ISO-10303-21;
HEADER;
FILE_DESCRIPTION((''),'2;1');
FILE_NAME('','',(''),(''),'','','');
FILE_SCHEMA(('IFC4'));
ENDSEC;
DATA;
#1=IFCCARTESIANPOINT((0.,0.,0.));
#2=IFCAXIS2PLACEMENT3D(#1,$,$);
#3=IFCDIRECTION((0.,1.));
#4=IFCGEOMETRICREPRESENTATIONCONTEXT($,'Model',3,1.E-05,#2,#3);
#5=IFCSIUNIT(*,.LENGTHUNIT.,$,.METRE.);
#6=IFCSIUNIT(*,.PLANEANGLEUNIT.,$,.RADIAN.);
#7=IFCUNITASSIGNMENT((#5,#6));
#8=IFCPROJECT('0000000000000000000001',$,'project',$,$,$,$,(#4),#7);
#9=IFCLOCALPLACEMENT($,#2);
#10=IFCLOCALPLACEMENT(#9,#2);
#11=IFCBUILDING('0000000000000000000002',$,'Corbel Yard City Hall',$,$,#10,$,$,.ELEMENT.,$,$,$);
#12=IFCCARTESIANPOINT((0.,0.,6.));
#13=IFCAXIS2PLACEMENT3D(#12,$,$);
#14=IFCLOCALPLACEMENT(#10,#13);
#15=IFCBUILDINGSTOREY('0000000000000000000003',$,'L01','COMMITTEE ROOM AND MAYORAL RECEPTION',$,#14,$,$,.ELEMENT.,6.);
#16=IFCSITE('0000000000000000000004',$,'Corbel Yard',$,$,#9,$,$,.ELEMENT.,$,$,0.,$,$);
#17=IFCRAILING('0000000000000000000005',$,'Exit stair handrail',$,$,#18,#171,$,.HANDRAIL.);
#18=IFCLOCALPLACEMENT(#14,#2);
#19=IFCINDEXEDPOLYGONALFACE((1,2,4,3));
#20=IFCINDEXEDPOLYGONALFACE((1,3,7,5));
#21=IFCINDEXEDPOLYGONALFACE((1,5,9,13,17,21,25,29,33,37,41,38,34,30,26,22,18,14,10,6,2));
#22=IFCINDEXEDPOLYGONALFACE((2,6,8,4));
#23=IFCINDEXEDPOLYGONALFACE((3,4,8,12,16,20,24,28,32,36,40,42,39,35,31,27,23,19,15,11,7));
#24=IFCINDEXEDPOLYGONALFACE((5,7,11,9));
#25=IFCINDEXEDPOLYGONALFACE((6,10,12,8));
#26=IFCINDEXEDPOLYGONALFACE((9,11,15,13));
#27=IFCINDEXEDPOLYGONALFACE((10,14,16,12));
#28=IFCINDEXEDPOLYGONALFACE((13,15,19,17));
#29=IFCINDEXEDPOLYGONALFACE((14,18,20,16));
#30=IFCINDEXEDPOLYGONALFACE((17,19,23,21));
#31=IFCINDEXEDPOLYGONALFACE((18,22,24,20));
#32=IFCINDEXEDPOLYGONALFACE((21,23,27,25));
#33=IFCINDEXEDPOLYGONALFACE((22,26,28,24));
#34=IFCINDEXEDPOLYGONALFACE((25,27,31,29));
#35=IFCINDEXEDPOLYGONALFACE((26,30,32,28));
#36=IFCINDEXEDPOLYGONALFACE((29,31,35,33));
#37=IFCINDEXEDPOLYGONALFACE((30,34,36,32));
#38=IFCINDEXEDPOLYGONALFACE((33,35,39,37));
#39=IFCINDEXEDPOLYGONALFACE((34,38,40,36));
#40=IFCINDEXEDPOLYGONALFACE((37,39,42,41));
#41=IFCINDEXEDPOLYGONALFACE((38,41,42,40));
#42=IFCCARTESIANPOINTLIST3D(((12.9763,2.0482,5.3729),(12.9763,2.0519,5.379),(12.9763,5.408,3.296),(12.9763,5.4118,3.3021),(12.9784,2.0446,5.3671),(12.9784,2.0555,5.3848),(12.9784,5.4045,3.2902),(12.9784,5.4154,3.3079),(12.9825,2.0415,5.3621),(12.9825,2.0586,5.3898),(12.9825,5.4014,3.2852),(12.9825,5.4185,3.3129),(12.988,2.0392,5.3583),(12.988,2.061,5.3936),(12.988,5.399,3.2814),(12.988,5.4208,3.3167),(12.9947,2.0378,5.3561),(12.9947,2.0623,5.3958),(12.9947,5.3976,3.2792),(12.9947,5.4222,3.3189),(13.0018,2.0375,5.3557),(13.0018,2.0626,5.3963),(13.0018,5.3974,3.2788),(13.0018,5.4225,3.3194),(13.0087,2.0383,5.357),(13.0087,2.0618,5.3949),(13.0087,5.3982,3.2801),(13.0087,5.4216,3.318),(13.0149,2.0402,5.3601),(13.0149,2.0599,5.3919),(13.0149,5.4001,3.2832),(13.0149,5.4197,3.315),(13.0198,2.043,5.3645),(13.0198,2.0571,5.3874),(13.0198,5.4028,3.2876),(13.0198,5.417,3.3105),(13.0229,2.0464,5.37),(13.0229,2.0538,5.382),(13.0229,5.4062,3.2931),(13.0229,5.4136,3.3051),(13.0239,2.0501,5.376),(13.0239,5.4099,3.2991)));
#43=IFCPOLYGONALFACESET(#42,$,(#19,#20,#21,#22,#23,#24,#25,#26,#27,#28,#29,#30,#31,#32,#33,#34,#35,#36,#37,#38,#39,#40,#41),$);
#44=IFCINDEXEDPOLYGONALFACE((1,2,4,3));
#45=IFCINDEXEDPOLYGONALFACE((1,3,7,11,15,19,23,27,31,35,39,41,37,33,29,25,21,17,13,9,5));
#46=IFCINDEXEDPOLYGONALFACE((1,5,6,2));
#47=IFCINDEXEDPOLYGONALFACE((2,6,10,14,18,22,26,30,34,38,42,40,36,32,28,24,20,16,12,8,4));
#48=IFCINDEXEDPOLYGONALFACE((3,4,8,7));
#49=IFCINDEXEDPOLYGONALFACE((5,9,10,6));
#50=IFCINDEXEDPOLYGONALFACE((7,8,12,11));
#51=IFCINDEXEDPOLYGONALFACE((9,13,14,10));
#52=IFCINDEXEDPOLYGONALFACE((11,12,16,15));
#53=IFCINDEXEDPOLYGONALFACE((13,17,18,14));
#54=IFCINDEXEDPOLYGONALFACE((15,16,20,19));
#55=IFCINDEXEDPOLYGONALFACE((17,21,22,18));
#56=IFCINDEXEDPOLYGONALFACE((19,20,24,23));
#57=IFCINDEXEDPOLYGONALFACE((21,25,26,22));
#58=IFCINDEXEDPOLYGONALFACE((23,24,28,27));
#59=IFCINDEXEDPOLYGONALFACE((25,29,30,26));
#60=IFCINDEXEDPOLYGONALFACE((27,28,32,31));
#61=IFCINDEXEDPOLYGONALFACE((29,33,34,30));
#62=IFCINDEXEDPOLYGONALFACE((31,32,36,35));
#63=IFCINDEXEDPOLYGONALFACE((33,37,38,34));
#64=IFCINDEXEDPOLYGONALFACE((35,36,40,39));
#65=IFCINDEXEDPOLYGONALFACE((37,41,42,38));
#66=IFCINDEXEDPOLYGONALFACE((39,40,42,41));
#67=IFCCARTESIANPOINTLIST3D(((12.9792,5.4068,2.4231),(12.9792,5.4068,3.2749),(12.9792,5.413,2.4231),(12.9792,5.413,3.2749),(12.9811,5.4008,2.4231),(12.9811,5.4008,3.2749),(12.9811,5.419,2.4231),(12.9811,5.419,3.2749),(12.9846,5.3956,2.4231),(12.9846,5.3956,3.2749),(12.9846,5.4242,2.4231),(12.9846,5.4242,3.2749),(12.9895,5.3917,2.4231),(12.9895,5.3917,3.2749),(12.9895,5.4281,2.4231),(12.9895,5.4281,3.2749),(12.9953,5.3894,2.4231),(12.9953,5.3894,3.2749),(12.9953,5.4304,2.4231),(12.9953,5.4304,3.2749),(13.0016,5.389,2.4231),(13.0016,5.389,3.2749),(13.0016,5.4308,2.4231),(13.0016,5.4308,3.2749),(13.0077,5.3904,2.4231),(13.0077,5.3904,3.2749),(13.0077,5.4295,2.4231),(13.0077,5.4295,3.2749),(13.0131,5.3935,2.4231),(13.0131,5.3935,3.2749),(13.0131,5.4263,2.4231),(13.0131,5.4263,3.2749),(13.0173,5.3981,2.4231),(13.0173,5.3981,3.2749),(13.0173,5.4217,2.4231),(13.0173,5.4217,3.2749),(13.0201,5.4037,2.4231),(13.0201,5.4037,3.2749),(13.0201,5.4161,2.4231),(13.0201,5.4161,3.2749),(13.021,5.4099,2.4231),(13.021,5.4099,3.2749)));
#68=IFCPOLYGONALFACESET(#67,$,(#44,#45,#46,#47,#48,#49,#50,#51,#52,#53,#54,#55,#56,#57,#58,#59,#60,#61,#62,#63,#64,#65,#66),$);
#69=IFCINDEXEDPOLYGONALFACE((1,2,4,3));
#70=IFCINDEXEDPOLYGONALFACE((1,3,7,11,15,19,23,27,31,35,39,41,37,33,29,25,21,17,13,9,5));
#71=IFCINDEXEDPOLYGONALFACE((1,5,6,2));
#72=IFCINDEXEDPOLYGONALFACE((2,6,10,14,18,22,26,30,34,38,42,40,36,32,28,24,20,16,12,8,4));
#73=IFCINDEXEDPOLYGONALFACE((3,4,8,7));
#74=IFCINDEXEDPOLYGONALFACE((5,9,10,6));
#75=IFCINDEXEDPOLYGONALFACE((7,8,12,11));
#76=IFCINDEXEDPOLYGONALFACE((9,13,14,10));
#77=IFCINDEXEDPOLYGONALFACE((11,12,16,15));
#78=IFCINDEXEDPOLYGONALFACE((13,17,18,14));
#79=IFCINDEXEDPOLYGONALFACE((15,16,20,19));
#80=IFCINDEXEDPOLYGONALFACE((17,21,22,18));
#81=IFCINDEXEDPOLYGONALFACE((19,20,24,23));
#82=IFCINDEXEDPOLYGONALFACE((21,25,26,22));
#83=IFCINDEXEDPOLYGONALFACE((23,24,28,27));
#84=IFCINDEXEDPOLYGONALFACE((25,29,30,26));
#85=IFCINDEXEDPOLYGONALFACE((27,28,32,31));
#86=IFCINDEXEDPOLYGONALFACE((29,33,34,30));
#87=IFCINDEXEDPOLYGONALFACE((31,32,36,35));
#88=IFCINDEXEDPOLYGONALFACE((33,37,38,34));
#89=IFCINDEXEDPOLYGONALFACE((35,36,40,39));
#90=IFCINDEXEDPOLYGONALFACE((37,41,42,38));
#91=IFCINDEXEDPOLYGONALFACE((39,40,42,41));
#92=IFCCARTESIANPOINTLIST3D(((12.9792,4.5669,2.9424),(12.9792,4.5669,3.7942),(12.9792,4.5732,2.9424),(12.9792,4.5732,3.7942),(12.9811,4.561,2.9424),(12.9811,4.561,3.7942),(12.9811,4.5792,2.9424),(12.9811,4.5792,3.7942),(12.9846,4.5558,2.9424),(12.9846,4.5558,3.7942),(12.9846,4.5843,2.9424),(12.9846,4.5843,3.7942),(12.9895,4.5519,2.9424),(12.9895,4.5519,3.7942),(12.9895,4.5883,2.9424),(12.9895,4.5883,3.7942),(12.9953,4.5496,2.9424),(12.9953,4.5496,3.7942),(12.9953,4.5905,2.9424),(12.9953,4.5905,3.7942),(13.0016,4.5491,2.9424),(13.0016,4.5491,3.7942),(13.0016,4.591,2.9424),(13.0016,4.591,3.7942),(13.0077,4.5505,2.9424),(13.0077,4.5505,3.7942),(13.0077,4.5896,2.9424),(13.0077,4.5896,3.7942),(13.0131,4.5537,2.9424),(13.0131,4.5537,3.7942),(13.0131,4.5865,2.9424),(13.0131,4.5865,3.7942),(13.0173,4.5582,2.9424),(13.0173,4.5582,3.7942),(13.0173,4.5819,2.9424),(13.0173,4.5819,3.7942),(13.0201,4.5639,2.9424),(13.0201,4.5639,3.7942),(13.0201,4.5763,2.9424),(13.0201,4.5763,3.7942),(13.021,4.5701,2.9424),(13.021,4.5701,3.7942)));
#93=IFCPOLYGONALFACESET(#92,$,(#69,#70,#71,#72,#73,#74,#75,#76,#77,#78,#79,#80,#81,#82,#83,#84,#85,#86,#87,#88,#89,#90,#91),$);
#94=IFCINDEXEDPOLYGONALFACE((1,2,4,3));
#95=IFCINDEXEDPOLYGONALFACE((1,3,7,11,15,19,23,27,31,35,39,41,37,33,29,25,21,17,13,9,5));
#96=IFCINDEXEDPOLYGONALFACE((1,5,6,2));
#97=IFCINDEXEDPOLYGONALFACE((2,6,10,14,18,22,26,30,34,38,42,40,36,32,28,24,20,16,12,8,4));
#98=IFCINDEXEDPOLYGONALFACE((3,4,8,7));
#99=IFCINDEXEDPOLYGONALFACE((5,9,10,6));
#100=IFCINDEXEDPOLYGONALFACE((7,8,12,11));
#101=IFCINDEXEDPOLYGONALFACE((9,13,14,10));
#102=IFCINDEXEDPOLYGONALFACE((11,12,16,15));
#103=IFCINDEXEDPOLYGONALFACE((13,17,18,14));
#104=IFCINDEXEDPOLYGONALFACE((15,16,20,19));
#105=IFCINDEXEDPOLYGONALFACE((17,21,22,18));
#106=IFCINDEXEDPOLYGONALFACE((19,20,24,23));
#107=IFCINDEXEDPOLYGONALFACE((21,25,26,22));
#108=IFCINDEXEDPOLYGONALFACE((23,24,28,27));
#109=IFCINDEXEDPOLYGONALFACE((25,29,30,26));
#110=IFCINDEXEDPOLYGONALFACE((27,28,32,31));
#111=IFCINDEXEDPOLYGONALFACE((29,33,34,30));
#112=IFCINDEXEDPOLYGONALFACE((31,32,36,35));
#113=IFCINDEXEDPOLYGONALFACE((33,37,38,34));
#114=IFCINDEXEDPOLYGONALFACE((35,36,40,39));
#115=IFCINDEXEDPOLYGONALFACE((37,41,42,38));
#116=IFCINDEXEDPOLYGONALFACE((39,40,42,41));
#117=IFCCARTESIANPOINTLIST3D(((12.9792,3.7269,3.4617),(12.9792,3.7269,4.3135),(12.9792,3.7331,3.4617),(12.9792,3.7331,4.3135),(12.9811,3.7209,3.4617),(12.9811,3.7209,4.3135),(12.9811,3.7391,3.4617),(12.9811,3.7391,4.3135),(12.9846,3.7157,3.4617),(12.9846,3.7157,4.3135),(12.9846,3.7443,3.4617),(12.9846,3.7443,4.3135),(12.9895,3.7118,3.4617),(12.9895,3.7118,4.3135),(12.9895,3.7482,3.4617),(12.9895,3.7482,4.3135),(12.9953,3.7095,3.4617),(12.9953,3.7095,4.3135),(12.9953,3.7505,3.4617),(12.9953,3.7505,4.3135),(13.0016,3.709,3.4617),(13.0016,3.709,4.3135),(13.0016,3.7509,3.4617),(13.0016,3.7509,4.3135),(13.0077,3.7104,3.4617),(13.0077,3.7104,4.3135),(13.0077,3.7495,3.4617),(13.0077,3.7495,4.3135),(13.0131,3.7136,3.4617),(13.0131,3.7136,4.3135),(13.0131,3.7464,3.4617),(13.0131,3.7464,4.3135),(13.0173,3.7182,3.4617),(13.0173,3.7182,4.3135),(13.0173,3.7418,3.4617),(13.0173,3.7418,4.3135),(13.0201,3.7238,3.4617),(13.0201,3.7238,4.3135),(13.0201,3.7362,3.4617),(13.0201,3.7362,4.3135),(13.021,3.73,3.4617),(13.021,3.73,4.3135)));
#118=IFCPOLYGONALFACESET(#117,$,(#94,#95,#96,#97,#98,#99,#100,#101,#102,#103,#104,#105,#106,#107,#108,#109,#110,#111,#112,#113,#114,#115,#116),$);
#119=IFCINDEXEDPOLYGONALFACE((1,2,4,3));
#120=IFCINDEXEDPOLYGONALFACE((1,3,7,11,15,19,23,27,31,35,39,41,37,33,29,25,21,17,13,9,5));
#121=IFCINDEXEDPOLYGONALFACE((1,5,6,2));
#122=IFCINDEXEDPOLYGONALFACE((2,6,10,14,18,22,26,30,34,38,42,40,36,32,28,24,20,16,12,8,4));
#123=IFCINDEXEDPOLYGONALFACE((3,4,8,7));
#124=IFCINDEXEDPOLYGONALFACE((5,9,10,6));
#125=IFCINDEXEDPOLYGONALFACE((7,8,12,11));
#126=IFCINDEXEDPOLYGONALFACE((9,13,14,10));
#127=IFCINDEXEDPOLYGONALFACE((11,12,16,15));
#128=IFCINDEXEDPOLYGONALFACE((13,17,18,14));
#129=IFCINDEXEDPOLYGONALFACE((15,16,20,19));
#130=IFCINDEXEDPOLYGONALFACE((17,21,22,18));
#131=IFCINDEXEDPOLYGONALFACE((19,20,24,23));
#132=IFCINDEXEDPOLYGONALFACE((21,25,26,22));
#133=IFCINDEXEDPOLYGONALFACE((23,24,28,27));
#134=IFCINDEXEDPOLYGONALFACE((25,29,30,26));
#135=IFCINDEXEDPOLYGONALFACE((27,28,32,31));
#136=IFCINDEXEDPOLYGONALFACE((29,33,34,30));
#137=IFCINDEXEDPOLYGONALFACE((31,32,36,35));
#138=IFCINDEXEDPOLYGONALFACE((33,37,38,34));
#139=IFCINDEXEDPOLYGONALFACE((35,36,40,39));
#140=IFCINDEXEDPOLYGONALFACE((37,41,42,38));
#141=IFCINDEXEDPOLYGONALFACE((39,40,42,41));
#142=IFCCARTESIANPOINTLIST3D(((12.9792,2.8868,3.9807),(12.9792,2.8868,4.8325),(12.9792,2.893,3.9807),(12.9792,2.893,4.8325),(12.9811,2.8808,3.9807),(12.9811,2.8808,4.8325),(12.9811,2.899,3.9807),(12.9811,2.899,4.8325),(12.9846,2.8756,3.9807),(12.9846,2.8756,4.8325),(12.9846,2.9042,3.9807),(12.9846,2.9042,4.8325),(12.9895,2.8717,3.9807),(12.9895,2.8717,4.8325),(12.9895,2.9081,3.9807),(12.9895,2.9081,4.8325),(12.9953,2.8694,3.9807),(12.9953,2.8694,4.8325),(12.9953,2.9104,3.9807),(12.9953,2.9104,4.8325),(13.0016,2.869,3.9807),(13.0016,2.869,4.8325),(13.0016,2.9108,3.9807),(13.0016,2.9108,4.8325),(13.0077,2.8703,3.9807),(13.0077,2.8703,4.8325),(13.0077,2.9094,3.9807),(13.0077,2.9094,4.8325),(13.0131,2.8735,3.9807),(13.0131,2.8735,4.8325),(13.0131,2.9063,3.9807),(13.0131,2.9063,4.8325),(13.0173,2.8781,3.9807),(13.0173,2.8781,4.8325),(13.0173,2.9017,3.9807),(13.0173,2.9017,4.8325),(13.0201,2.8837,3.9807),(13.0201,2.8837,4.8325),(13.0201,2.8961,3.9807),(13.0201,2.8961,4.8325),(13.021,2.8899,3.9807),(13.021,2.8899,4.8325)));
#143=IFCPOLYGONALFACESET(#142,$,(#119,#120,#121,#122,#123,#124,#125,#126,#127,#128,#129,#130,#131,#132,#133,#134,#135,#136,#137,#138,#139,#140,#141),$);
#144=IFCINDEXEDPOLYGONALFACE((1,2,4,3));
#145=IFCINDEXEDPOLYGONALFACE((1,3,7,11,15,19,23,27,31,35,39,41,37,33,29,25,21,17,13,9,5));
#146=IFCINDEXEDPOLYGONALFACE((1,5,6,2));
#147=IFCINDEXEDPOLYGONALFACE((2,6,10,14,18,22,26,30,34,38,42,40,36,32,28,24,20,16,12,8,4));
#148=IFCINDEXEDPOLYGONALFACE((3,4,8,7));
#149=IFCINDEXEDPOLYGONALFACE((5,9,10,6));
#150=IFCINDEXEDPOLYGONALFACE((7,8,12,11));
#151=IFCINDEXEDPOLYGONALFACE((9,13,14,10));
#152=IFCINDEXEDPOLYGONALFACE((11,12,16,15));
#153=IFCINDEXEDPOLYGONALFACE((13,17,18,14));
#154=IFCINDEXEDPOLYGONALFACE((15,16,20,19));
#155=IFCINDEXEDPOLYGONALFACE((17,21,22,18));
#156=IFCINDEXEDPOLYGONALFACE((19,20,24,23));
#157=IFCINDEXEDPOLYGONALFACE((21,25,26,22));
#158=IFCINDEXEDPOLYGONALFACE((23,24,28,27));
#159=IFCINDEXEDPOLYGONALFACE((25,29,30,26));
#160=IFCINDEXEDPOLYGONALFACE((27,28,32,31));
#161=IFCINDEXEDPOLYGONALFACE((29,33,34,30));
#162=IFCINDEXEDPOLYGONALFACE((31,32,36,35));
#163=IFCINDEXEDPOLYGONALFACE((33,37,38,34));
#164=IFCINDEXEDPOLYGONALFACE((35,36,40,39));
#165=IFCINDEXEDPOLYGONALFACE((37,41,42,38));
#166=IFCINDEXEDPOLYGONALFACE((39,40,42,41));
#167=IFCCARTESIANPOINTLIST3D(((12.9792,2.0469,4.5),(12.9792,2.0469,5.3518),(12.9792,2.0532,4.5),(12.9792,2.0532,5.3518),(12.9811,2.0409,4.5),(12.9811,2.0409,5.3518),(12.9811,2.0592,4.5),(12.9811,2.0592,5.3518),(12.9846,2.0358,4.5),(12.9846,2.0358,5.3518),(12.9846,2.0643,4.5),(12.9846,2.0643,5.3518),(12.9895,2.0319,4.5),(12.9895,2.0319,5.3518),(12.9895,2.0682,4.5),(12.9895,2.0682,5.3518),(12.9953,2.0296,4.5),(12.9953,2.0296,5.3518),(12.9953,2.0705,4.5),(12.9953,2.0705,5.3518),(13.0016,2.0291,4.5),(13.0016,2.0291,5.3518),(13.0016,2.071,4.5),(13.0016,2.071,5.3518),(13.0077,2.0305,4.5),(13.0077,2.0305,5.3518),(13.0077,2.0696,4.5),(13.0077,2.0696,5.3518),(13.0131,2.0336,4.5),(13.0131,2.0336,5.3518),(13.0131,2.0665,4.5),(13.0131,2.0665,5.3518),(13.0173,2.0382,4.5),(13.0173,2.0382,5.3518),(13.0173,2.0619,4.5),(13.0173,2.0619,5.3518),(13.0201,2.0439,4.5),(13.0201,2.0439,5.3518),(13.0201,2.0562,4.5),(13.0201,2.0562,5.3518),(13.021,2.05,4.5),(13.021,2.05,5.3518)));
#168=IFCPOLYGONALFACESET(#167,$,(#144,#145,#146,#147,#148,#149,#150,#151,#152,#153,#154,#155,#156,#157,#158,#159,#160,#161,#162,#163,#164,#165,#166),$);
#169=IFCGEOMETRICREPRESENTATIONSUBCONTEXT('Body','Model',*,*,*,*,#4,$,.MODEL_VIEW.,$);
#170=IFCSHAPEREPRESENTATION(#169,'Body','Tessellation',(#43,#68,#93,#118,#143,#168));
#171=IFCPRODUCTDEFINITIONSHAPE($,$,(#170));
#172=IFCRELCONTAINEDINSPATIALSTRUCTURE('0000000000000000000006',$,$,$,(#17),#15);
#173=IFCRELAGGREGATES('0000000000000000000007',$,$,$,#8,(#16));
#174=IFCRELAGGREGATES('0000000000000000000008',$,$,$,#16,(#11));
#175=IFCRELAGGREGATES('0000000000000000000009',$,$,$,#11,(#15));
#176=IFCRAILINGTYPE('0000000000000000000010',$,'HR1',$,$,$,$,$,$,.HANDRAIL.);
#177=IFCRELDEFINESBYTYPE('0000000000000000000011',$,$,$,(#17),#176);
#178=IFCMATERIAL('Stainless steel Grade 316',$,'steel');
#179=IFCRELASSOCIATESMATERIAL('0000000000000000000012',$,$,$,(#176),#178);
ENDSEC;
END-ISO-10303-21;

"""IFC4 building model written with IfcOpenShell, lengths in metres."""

from ifc_helpers import new_model, si_unit, direction, frame, origin, origin_2d, place, context, subcontext, project, spatial, circle, extrude, material, type_object, element, save


model = new_model("IFC4")

# Units and contexts
model_context = context("Model", 3, precision=1e-05, world=origin(), true_north=direction((0.0, 1.0)))
body_context = subcontext(model_context, "Body", "Model", "MODEL_VIEW")
ifc_project = project(units=[si_unit("LENGTHUNIT", "METRE"), si_unit("PLANEANGLEUNIT", "RADIAN")], contexts=[model_context])

# Site, building, storey
site_placement = place(None, origin())
site = spatial("IfcSite", under=ifc_project, at=site_placement, Name="Corbel Yard", CompositionType="ELEMENT", RefElevation=0.0)
building_placement = place(site_placement, origin())
building = spatial("IfcBuilding", under=site, at=building_placement, Name="Corbel Yard City Hall", CompositionType="ELEMENT")
storey_placement = place(building_placement, frame((0.0, 0.0, 6.0)))
storey = spatial("IfcBuildingStorey", under=building, at=storey_placement, Name="L01", Description="COMMITTEE ROOM AND MAYORAL RECEPTION", CompositionType="ELEMENT", Elevation=6.0)

# Shared definitions
ifc_material_1 = material(Name="Stainless steel Grade 316", Category="steel")

# Railing
railing_type_1 = type_object("IfcRailingType", Name="HR1", PredefinedType="HANDRAIL", material=ifc_material_1)
for number, where, name in (
    (1, (13.0, 5.4099, 2.4231), "Exit stair handrail"),
):
    element("IfcRailing", number, at=place(storey_placement, frame(where)), inside=storey, type_object=railing_type_1, Name=name, PredefinedType="HANDRAIL", context=body_context, shape_type="SweptSolid", body=[
        extrude(circle(Radius=0.0239, at=origin_2d()), frame((0.0, 0.0, 0.876), z_axis=(0.0, -0.850606, 0.525803), x_axis=(1.0, 0.0, 0.0)), (0.0, 0.0, 1.0), 3.95),
        extrude(circle(Radius=0.021, at=origin_2d()), origin(), (0.0, 0.0, 1.0), 0.8518),
        extrude(circle(Radius=0.021, at=origin_2d()), frame((0.0, -0.8398, 0.5193)), (0.0, 0.0, 1.0), 0.8518),
        extrude(circle(Radius=0.021, at=origin_2d()), frame((0.0, -1.6799, 1.0386)), (0.0, 0.0, 1.0), 0.8518),
        extrude(circle(Radius=0.021, at=origin_2d()), frame((0.0, -2.52, 1.5576)), (0.0, 0.0, 1.0), 0.8518),
        extrude(circle(Radius=0.021, at=origin_2d()), frame((0.0, -3.3599, 2.0769)), (0.0, 0.0, 1.0), 0.8518),
    ])

save(model, "model.ifc")
